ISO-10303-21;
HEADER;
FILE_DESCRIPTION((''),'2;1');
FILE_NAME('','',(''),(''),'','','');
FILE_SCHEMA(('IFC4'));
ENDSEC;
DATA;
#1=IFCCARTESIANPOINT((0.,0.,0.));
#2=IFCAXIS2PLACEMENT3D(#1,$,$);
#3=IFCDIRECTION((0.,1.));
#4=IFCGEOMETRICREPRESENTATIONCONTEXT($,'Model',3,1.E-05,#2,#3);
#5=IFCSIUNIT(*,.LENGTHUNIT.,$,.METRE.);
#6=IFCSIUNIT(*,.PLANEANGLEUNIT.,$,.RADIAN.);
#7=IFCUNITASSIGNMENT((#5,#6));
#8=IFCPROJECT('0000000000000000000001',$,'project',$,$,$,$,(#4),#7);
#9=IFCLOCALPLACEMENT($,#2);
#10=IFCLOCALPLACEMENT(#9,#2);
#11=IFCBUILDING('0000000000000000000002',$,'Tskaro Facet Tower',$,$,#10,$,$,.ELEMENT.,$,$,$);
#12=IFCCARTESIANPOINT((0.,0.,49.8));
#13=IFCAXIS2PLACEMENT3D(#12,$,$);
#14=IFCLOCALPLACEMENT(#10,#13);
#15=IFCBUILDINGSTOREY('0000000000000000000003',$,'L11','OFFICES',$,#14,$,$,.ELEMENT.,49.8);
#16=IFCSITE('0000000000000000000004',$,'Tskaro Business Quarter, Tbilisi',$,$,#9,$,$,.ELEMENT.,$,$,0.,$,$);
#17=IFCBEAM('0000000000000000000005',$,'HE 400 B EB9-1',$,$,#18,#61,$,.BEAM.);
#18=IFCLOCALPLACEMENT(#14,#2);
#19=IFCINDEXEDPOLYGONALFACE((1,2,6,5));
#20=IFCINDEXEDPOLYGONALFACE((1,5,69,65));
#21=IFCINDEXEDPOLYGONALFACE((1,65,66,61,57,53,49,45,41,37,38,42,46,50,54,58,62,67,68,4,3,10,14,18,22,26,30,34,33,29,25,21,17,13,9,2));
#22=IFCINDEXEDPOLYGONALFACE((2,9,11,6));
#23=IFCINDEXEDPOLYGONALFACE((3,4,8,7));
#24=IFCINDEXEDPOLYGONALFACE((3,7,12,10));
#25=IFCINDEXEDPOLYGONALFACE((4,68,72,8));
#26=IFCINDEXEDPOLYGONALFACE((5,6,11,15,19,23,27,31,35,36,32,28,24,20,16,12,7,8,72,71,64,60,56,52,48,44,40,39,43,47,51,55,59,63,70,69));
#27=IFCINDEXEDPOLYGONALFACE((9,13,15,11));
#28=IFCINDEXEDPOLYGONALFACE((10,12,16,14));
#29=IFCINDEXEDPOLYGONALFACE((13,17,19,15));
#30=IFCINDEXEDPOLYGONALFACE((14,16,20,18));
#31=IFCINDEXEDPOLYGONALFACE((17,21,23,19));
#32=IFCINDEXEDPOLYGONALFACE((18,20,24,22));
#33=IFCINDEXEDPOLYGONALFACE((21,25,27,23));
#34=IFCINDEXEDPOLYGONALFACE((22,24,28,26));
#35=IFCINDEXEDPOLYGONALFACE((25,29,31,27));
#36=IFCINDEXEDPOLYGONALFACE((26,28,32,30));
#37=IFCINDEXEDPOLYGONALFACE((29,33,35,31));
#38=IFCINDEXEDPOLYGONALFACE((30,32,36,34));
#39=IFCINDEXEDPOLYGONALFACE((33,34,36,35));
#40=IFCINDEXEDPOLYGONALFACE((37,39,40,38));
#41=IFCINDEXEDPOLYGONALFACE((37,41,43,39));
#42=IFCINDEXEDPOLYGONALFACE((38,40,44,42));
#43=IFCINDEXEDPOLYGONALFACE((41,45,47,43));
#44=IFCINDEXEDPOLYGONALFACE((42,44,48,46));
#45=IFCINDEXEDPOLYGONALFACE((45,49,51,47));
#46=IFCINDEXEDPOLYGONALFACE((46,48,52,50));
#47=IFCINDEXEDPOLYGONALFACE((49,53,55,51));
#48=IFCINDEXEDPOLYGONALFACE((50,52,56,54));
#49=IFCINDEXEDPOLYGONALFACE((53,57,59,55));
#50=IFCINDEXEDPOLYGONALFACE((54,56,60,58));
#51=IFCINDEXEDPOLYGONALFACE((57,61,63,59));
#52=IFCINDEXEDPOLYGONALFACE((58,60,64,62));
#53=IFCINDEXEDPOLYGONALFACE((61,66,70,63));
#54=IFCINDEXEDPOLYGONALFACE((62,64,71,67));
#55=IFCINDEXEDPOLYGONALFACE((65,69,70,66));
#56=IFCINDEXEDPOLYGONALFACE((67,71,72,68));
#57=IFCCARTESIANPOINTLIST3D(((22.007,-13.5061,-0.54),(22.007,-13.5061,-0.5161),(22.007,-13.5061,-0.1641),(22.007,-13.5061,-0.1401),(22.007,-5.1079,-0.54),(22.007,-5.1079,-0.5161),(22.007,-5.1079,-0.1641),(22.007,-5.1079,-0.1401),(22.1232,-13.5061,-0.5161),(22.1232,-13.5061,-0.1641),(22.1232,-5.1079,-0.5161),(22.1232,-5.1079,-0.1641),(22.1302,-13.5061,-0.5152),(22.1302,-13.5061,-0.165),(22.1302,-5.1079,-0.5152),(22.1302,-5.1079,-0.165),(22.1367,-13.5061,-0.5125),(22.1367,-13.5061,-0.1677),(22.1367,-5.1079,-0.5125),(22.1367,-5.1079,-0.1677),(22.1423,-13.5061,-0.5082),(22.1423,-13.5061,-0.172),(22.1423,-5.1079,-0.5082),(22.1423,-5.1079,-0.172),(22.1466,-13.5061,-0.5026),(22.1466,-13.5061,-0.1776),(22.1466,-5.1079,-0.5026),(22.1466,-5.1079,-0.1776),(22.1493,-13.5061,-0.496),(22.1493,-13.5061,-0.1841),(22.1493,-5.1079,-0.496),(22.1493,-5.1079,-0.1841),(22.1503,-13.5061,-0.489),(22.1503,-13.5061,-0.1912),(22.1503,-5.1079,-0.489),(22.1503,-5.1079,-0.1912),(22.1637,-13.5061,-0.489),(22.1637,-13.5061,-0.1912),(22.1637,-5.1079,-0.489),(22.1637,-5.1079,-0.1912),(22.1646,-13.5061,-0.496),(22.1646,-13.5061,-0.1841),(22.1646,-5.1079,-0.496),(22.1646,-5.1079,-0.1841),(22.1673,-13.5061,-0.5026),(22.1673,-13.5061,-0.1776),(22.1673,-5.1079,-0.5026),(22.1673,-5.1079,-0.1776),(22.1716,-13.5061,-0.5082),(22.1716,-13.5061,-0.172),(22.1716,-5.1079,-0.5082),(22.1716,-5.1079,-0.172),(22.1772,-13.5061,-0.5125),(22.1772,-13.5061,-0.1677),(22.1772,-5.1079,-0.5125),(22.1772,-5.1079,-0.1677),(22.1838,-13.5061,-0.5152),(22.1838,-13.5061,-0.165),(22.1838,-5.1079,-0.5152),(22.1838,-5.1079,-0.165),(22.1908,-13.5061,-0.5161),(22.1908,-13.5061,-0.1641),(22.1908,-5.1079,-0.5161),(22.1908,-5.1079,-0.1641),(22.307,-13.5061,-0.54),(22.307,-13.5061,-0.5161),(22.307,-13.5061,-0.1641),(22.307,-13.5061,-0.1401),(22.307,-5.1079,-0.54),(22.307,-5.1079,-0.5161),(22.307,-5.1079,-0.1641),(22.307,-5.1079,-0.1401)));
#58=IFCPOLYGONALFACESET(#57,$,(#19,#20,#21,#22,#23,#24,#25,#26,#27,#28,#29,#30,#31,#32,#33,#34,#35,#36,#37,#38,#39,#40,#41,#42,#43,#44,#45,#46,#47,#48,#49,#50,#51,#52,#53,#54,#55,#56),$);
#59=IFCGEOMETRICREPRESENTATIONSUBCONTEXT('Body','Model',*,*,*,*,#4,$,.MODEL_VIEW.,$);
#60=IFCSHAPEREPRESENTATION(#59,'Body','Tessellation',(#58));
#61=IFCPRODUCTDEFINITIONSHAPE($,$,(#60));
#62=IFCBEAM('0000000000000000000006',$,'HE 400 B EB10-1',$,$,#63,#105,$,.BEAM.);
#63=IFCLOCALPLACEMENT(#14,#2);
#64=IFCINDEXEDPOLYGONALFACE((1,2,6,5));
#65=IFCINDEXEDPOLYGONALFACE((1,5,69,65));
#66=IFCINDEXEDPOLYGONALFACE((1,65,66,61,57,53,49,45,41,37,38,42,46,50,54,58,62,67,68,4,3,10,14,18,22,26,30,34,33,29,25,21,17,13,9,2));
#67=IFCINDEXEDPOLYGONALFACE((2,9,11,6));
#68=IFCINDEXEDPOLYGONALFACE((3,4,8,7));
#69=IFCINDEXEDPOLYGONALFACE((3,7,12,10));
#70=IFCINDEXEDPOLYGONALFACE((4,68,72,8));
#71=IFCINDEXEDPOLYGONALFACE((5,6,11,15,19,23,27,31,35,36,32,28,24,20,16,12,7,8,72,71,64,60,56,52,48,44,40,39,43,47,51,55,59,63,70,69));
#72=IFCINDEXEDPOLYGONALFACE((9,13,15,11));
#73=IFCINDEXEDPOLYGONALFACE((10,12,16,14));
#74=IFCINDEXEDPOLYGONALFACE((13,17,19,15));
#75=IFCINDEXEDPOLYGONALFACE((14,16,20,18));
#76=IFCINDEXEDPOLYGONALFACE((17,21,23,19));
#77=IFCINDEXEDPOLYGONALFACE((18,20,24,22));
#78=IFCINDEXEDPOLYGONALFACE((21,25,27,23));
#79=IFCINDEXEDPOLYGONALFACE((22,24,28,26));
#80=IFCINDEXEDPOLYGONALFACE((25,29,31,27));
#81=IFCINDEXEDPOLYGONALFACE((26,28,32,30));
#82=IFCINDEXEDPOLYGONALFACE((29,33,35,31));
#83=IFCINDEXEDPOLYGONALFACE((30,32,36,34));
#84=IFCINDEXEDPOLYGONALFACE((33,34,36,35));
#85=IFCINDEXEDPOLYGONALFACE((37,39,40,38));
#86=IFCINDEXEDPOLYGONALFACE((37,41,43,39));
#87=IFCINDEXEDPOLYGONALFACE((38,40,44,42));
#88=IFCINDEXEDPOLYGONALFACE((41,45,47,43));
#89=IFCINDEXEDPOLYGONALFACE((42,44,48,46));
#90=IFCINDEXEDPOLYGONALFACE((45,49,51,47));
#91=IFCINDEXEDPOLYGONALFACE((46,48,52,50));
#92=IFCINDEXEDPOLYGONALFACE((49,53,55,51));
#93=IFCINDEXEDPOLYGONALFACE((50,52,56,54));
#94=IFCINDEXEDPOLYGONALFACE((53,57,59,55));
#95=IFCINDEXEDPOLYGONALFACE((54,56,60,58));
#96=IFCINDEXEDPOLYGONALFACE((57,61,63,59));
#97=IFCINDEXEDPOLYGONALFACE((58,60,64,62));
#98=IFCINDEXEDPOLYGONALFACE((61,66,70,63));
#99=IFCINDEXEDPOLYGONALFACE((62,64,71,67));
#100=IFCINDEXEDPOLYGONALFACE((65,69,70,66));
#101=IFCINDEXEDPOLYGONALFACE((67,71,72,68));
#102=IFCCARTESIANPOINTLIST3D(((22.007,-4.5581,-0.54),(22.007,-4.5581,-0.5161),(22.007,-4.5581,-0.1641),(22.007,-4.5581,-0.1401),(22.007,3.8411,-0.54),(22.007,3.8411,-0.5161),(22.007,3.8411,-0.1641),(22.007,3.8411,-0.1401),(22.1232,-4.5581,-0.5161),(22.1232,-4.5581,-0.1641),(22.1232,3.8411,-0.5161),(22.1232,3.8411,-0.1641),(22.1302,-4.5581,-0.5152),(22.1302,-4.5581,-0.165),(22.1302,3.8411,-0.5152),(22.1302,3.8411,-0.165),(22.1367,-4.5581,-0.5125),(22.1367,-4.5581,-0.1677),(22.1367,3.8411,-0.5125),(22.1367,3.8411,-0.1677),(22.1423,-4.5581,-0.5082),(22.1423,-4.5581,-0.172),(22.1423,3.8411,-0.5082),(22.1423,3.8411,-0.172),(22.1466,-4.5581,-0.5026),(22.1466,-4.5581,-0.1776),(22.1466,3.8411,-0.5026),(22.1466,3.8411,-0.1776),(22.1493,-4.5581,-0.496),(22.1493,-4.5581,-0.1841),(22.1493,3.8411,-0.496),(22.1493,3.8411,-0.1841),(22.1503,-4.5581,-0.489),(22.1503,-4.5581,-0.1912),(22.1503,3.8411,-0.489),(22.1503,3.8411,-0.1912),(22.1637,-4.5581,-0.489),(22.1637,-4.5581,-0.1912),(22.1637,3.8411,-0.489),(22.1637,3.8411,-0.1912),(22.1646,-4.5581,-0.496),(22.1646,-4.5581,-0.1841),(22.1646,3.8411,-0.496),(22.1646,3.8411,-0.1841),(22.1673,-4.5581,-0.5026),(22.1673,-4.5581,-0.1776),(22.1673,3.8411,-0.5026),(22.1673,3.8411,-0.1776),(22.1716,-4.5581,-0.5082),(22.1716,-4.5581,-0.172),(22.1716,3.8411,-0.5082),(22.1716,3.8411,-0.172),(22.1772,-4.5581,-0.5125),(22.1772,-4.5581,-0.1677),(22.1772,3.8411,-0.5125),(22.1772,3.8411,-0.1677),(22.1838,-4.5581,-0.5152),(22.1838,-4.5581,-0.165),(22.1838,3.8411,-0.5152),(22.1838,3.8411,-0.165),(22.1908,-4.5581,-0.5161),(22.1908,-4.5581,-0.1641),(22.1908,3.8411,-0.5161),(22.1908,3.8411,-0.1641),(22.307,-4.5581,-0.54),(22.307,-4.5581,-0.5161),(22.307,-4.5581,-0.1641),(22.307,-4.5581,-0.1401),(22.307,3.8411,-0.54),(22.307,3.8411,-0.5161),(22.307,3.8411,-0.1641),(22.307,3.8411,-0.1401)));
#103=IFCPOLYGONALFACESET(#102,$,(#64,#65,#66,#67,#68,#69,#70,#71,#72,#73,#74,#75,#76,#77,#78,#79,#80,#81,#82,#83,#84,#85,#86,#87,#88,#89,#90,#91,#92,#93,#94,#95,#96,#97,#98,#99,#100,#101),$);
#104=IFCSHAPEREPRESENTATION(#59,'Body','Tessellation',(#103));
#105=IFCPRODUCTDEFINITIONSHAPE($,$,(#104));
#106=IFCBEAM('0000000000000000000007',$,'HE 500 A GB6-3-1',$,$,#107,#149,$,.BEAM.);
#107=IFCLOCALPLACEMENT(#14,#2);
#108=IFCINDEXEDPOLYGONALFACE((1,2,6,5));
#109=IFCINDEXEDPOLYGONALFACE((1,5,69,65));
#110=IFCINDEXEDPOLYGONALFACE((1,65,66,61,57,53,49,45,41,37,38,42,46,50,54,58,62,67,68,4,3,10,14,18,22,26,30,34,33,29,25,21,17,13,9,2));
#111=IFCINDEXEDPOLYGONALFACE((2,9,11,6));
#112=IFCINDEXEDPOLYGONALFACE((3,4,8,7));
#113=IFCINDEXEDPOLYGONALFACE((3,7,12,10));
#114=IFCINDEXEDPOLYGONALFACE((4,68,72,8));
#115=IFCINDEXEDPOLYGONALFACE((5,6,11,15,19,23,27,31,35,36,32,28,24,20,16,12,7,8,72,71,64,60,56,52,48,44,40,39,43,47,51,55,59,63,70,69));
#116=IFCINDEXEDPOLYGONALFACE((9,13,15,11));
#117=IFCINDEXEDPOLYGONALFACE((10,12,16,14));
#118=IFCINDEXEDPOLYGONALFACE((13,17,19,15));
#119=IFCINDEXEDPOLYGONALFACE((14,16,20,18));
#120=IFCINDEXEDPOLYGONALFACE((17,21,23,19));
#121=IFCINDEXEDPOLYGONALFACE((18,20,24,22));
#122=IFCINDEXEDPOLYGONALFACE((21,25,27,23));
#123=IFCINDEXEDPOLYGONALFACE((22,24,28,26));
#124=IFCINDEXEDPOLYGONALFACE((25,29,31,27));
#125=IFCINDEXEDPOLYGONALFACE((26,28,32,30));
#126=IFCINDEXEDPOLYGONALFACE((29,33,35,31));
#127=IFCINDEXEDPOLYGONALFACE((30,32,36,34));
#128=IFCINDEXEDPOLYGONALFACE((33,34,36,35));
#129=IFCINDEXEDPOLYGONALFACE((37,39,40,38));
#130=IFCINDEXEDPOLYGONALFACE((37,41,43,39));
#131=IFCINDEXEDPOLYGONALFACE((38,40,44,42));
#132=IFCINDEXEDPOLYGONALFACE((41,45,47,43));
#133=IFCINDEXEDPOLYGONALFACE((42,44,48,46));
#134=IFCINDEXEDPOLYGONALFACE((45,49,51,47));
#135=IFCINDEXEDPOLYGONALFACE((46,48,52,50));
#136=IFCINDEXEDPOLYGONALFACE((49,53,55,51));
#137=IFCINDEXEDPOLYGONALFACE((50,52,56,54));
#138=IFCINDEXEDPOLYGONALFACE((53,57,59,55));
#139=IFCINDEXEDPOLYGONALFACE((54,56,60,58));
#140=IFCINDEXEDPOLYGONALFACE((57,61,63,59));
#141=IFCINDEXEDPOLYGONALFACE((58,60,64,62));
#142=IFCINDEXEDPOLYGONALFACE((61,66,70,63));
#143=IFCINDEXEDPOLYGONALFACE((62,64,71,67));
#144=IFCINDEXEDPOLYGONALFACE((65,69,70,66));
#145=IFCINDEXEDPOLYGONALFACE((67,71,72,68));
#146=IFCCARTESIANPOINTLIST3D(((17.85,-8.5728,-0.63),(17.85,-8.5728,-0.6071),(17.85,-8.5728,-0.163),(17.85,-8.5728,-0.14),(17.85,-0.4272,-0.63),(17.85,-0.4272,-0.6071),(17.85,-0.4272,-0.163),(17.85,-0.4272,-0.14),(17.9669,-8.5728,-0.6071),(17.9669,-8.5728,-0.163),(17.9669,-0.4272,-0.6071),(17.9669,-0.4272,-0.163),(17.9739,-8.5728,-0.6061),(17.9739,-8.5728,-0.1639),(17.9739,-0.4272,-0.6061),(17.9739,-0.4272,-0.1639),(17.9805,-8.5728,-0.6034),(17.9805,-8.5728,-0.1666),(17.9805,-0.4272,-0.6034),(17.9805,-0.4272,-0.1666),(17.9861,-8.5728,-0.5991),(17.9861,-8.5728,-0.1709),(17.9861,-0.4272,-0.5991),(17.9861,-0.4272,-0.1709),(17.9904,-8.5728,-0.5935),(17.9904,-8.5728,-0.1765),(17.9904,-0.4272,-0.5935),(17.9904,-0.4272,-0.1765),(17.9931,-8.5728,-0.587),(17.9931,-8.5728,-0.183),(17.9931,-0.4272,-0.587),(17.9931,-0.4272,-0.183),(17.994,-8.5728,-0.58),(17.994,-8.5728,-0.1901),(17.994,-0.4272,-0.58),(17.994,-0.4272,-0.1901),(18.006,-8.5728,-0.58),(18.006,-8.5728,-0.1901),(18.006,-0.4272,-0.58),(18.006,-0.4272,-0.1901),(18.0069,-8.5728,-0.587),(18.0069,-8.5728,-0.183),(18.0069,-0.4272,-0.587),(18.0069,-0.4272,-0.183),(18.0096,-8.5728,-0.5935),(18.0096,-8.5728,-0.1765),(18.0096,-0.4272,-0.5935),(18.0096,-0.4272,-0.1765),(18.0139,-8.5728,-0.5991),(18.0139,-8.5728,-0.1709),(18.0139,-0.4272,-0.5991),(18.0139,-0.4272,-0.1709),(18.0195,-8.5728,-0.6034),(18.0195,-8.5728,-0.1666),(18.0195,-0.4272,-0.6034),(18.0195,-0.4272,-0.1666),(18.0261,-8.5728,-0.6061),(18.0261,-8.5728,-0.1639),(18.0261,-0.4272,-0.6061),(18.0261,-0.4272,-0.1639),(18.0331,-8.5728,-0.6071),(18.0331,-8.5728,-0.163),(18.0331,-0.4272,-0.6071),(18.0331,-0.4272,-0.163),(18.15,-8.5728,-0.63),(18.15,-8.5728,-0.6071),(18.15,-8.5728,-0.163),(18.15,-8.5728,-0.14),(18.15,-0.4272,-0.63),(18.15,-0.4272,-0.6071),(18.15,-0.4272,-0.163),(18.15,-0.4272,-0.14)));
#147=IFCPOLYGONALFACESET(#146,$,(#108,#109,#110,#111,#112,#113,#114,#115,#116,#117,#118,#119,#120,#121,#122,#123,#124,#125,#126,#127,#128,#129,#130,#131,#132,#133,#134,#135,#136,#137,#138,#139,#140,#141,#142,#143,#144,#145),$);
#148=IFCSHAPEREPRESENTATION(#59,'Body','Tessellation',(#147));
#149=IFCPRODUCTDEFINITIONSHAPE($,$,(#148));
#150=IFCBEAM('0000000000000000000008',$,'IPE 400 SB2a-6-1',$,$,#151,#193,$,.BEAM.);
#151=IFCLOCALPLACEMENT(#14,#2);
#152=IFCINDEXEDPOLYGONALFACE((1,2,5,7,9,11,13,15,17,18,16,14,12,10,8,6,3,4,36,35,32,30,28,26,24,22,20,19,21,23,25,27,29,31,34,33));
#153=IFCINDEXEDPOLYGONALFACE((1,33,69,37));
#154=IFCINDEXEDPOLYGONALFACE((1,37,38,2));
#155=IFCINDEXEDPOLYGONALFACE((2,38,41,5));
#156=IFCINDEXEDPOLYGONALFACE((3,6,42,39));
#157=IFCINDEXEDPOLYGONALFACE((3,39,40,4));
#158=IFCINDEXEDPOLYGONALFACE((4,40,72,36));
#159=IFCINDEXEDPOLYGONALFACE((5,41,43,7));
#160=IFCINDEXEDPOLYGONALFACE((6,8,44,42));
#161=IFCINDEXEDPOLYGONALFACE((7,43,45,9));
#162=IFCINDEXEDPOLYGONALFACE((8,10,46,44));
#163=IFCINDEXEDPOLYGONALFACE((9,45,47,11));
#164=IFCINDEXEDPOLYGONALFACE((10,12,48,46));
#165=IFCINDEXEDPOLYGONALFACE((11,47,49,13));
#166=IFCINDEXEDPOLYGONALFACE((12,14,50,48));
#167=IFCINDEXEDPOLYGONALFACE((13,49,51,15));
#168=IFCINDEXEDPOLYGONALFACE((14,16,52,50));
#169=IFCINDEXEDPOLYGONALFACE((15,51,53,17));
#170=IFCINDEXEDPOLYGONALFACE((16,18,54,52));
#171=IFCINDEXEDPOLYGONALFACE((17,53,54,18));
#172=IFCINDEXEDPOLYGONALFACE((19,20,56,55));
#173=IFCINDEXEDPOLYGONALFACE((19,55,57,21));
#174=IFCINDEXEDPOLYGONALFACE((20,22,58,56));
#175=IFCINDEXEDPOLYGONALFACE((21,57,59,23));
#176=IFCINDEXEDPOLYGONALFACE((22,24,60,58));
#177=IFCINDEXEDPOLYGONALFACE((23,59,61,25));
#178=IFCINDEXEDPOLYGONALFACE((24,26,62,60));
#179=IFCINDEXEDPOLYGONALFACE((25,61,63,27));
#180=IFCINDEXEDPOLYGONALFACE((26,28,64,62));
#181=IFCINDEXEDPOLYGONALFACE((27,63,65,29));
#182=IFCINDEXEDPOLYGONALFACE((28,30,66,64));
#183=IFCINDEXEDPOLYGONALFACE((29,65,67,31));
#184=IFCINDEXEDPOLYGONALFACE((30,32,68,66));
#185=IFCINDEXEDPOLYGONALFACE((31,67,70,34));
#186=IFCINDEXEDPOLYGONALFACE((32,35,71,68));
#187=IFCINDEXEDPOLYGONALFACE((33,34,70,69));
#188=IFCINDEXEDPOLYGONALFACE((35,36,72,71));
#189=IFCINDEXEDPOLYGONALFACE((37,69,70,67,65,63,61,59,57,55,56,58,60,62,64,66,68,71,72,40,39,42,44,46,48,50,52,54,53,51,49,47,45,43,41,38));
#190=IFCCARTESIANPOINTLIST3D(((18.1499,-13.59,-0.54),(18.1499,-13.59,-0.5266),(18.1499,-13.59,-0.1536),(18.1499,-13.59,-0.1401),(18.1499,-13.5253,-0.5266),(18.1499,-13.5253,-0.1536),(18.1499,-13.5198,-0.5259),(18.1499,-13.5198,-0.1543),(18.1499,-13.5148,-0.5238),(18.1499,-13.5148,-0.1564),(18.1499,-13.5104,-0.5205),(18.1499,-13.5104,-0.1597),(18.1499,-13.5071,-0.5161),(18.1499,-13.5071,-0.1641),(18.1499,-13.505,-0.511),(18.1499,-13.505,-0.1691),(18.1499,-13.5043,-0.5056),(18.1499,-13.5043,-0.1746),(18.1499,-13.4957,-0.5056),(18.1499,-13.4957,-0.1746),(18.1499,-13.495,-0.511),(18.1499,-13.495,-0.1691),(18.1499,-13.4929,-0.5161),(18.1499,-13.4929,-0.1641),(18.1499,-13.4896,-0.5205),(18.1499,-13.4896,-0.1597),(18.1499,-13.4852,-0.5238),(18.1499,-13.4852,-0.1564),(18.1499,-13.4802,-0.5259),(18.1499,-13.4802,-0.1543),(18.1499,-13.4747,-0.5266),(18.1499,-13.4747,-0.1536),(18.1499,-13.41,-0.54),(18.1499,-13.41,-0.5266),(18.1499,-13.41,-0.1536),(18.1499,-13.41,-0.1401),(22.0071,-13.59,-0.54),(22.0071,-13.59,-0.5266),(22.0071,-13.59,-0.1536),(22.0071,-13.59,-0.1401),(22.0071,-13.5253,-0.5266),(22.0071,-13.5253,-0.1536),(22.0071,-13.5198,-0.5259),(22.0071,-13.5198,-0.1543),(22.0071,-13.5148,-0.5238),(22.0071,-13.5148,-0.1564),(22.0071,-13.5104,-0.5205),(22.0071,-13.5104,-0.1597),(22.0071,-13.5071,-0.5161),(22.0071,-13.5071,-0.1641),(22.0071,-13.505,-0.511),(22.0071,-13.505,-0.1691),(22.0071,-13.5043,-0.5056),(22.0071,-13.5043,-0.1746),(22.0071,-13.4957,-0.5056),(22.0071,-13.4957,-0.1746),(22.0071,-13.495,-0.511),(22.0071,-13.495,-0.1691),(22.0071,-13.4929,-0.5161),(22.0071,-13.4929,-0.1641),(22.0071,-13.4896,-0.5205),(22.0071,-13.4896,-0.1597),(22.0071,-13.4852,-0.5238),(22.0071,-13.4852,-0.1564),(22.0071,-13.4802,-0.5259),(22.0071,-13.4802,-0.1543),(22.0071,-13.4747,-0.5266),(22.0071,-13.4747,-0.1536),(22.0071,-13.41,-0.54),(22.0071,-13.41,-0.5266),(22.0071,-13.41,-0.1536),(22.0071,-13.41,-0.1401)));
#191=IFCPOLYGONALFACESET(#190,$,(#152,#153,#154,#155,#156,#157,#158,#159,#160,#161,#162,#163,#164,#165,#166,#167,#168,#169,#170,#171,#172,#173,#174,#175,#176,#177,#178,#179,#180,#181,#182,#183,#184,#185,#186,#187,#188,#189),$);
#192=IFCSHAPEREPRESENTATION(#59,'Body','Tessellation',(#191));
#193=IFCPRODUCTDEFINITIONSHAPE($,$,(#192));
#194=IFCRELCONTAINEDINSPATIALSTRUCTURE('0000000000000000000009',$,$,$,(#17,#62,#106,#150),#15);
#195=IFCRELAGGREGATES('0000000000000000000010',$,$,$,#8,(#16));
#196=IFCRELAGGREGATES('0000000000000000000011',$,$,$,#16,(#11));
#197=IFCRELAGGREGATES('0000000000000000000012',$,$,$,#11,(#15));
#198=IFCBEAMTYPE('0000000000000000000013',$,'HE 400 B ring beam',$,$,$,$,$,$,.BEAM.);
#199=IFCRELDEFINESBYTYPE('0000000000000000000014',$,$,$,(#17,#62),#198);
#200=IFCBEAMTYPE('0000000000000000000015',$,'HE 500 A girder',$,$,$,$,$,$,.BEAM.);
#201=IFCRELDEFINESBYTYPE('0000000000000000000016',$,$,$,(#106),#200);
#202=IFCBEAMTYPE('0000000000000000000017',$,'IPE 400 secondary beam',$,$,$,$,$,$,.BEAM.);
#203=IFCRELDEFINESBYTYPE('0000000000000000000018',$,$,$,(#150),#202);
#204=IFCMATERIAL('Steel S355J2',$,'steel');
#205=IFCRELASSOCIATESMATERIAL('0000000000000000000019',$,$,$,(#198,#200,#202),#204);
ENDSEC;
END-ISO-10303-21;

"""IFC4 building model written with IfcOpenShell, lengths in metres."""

from ifc_helpers import new_model, si_unit, direction, frame, origin, origin_2d, place, context, subcontext, project, spatial, i_section, extrude, material, material_profile, profile_set, type_object, element, save


model = new_model("IFC4")

# Units and contexts
model_context = context("Model", 3, precision=1e-05, world=origin(), true_north=direction((0.0, 1.0)))
body_context = subcontext(model_context, "Body", "Model", "MODEL_VIEW")
ifc_project = project(units=[si_unit("LENGTHUNIT", "METRE"), si_unit("PLANEANGLEUNIT", "RADIAN")], contexts=[model_context])

# Site, building, storey
site_placement = place(None, origin())
site = spatial("IfcSite", under=ifc_project, at=site_placement, Name="Tskaro Business Quarter, Tbilisi", CompositionType="ELEMENT", RefElevation=0.0)
building_placement = place(site_placement, origin())
building = spatial("IfcBuilding", under=site, at=building_placement, Name="Tskaro Facet Tower", CompositionType="ELEMENT")
storey_placement = place(building_placement, frame((0.0, 0.0, 49.8)))
storey = spatial("IfcBuildingStorey", under=building, at=storey_placement, Name="L11", Description="OFFICES", CompositionType="ELEMENT", Elevation=49.8)

# Beams
ifc_material_1 = material(Name="Steel S355J2", Category="steel")
ifc_material_profile_1 = material_profile(ifc_material_1, i_section(OverallWidth=0.3, OverallDepth=0.3999, WebThickness=0.0134, FlangeThickness=0.0239, FilletRadius=0.0271, at=origin_2d()), Name="HE 400 B")
ifc_profile_set_1 = profile_set([ifc_material_profile_1], Name="Steel S355J2")
beam_type_1 = type_object("IfcBeamType", Name="HE 400 B ring beam", PredefinedType="BEAM", material=ifc_profile_set_1)
beam_1_placement = place(storey_placement, frame((22.157, -13.5061, -0.3401), z_axis=(0.0, 1.0, 0.0), x_axis=(-1.0, 0.0, 0.0)))
element("IfcBeam", 1, at=beam_1_placement, inside=storey, type_object=beam_type_1, Name="HE 400 B EB9-1", PredefinedType="BEAM", context=body_context, shape_type="SweptSolid", body=[
    extrude(i_section(OverallWidth=0.3, OverallDepth=0.3999, WebThickness=0.0134, FlangeThickness=0.0239, FilletRadius=0.0271, at=origin_2d()), origin(), (0.0, 0.0, 1.0), 8.3982),
])
beam_2_placement = place(storey_placement, frame((22.157, -4.5581, -0.3401), z_axis=(0.0, 1.0, 0.0), x_axis=(-1.0, 0.0, 0.0)))
element("IfcBeam", 2, at=beam_2_placement, inside=storey, type_object=beam_type_1, Name="HE 400 B EB10-1", PredefinedType="BEAM", context=body_context, shape_type="SweptSolid", body=[
    extrude(i_section(OverallWidth=0.3, OverallDepth=0.3999, WebThickness=0.0134, FlangeThickness=0.0239, FilletRadius=0.0271, at=origin_2d()), origin(), (0.0, 0.0, 1.0), 8.3992),
])
ifc_material_profile_2 = material_profile(ifc_material_1, i_section(OverallWidth=0.3, OverallDepth=0.49, WebThickness=0.012, FlangeThickness=0.0229, FilletRadius=0.0271, at=origin_2d()), Name="HE 500 A")
ifc_profile_set_2 = profile_set([ifc_material_profile_2], Name="Steel S355J2")
beam_type_2 = type_object("IfcBeamType", Name="HE 500 A girder", PredefinedType="BEAM", material=ifc_profile_set_2)
beam_3_placement = place(storey_placement, frame((18.0, -8.5728, -0.385), z_axis=(0.0, 1.0, 0.0), x_axis=(-1.0, 0.0, 0.0)))
element("IfcBeam", 3, at=beam_3_placement, inside=storey, type_object=beam_type_2, Name="HE 500 A GB6-3-1", PredefinedType="BEAM", context=body_context, shape_type="SweptSolid", body=[
    extrude(i_section(OverallWidth=0.3, OverallDepth=0.49, WebThickness=0.012, FlangeThickness=0.0229, FilletRadius=0.0271, at=origin_2d()), origin(), (0.0, 0.0, 1.0), 8.1455),
])
ifc_material_profile_3 = material_profile(ifc_material_1, i_section(OverallWidth=0.1799, OverallDepth=0.3999, WebThickness=0.0085, FlangeThickness=0.0134, FilletRadius=0.021, at=origin_2d()), Name="IPE 400")
ifc_profile_set_3 = profile_set([ifc_material_profile_3], Name="Steel S355J2")
beam_type_3 = type_object("IfcBeamType", Name="IPE 400 secondary beam", PredefinedType="BEAM", material=ifc_profile_set_3)
beam_4_placement = place(storey_placement, frame((18.1499, -13.5, -0.3401), z_axis=(1.0, 0.0, 0.0), x_axis=(0.0, 1.0, 0.0)))
element("IfcBeam", 4, at=beam_4_placement, inside=storey, type_object=beam_type_3, Name="IPE 400 SB2a-6-1", PredefinedType="BEAM", context=body_context, shape_type="SweptSolid", body=[
    extrude(i_section(OverallWidth=0.1799, OverallDepth=0.3999, WebThickness=0.0085, FlangeThickness=0.0134, FilletRadius=0.021, at=origin_2d()), origin(), (0.0, 0.0, 1.0), 3.8572),
])

save(model, "model.ifc")
